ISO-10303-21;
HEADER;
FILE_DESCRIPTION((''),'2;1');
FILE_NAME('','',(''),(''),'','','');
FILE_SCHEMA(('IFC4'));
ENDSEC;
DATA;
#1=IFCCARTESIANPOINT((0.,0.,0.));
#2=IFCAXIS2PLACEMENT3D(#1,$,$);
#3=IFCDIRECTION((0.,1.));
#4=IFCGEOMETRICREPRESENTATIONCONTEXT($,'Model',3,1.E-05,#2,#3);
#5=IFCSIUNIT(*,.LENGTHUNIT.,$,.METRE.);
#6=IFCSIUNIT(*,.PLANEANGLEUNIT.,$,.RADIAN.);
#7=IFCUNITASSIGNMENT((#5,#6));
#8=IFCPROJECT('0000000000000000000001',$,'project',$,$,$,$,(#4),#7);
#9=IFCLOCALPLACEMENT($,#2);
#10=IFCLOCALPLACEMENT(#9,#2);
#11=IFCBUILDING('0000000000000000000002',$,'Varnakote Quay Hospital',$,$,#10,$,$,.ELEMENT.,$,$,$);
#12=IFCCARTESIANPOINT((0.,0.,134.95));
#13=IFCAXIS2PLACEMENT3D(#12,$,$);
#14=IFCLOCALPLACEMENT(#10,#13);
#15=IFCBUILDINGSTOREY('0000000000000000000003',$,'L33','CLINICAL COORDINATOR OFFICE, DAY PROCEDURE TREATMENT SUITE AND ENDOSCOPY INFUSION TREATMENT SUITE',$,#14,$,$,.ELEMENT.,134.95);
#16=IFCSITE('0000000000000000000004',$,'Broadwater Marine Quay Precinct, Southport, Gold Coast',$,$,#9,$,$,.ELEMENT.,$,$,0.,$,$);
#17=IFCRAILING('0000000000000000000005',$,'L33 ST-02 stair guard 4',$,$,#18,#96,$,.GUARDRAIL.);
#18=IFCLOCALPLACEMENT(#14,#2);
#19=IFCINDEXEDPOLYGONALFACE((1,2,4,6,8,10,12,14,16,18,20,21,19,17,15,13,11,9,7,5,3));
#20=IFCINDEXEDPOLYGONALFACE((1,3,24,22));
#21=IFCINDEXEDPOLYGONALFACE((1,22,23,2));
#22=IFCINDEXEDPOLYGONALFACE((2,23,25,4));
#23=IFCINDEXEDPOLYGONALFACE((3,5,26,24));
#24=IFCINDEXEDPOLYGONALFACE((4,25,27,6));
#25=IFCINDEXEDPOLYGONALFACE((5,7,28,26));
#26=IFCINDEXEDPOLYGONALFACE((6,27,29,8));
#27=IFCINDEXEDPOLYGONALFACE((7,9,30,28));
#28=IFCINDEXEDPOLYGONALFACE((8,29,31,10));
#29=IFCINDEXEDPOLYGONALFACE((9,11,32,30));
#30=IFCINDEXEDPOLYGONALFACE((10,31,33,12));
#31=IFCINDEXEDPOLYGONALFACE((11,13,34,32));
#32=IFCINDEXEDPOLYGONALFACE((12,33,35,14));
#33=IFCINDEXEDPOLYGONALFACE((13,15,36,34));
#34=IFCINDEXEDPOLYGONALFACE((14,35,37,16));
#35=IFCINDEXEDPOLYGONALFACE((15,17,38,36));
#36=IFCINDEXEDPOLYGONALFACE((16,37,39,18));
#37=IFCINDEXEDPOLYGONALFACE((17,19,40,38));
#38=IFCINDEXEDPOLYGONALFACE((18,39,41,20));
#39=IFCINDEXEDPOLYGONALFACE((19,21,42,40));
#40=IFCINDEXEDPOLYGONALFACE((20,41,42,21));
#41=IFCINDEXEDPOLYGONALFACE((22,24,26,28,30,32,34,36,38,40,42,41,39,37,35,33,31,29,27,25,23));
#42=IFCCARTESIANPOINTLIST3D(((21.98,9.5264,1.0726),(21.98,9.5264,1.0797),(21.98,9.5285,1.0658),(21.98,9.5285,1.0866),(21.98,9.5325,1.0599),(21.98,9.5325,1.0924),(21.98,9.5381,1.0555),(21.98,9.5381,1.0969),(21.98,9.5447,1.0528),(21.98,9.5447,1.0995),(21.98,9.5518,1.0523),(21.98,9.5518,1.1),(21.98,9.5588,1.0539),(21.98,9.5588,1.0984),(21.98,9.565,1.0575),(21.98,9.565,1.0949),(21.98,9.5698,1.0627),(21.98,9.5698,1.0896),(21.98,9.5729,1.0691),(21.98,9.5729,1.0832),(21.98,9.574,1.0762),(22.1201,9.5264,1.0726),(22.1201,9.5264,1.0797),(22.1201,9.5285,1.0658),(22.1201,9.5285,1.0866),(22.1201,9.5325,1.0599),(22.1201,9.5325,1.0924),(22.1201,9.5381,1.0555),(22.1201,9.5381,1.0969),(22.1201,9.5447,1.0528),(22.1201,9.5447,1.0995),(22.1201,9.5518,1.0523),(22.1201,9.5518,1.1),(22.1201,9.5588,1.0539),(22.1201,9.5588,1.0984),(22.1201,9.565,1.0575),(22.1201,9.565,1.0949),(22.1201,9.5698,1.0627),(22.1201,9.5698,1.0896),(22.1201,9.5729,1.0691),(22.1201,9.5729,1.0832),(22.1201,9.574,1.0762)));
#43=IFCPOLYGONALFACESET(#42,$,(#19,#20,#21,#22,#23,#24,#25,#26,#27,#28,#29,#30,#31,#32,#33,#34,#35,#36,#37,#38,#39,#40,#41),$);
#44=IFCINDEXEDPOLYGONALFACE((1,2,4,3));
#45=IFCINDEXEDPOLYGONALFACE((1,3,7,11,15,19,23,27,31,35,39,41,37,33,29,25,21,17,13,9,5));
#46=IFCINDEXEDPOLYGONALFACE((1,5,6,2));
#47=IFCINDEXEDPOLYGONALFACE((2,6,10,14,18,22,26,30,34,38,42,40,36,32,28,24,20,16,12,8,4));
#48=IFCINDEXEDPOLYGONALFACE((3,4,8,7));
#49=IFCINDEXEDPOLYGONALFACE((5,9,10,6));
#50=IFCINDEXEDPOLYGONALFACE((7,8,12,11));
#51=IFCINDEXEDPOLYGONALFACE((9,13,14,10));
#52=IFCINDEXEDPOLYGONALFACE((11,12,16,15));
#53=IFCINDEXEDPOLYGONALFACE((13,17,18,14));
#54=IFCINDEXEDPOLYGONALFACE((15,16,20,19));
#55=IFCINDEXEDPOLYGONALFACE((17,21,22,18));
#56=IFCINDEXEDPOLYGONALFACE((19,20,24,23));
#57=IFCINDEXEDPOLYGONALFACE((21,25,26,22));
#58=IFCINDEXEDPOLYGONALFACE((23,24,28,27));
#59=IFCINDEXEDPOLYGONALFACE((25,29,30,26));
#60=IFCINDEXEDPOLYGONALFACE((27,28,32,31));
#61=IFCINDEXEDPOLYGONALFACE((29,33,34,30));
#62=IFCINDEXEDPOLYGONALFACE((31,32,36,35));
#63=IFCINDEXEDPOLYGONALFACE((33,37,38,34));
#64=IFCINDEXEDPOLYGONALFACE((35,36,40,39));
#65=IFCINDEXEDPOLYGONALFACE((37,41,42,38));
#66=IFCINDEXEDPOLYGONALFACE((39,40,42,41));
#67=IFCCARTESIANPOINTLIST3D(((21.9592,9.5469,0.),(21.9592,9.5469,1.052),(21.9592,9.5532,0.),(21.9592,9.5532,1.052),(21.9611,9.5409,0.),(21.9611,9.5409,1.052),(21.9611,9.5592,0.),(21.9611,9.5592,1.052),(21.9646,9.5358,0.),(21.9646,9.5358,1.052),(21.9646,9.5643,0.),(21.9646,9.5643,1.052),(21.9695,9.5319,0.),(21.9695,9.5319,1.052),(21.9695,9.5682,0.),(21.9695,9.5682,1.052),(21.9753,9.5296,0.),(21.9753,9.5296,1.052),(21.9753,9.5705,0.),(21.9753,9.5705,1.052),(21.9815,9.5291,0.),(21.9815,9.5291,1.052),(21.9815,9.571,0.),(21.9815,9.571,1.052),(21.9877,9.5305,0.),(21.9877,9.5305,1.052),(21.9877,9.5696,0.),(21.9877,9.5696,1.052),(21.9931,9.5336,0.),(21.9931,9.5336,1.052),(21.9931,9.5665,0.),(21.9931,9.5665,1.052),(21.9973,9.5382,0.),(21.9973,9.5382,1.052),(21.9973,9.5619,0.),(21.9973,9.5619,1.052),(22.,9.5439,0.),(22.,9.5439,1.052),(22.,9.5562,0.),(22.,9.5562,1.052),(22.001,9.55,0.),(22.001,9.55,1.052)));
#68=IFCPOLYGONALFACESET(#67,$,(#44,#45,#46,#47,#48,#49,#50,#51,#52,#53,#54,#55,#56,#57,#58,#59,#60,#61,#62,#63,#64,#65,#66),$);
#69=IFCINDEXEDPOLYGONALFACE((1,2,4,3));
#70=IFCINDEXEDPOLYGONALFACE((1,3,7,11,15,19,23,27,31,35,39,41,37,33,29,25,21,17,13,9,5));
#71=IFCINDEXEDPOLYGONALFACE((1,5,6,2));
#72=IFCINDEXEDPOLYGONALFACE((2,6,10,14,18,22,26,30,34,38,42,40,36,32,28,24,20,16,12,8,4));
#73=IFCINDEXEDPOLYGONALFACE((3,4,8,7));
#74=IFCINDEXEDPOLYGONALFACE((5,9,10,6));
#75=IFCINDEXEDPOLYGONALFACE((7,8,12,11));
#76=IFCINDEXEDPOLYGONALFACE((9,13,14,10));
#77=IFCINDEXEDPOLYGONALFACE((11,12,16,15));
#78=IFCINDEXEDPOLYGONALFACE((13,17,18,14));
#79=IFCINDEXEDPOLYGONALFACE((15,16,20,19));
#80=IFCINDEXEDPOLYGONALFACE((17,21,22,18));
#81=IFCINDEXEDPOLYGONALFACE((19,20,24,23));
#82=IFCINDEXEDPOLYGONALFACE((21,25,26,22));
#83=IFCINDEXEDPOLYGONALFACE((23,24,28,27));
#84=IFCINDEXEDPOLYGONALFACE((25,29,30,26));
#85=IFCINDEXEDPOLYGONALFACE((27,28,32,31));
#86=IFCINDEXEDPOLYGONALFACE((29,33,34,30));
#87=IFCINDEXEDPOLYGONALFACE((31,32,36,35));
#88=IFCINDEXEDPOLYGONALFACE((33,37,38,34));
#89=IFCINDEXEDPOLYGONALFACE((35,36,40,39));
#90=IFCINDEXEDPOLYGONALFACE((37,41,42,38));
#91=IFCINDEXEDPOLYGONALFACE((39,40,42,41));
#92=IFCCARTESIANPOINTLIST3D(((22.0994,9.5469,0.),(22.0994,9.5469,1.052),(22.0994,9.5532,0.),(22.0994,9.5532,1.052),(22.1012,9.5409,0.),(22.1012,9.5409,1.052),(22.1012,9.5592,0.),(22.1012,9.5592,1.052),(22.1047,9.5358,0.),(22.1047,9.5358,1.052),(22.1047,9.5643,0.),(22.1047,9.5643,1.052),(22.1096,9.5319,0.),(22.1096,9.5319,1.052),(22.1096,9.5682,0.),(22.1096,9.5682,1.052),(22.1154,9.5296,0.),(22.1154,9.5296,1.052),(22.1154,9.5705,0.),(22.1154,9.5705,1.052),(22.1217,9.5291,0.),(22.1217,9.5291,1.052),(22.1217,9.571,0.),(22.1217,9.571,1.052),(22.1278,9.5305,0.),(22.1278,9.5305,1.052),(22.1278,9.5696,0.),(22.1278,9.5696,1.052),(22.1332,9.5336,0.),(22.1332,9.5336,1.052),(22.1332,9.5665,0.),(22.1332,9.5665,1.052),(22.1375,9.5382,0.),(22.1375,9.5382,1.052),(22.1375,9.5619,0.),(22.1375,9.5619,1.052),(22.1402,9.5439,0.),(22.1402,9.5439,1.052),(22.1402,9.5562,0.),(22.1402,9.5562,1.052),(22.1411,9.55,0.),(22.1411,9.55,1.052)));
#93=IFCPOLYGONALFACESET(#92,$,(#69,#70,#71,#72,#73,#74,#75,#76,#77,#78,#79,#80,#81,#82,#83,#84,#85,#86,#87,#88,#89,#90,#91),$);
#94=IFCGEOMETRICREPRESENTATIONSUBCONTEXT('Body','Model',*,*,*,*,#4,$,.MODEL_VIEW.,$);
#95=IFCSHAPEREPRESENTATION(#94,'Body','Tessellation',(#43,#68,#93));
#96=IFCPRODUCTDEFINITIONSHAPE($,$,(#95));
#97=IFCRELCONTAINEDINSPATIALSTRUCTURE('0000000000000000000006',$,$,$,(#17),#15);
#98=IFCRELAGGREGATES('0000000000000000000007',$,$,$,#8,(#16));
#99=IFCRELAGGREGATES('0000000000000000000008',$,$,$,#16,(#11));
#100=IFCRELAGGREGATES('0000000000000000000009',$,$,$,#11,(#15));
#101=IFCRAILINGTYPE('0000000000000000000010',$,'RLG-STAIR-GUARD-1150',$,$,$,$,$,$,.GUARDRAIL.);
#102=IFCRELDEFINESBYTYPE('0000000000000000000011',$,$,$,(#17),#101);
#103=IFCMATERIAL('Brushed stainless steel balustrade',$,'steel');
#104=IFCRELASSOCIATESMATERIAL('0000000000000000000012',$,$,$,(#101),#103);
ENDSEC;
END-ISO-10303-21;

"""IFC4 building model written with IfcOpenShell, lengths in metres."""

from ifc_helpers import new_model, si_unit, direction, frame, origin, origin_2d, place, context, subcontext, project, spatial, circle, extrude, material, type_object, element, save


model = new_model("IFC4")

# Units and contexts
model_context = context("Model", 3, precision=1e-05, world=origin(), true_north=direction((0.0, 1.0)))
body_context = subcontext(model_context, "Body", "Model", "MODEL_VIEW")
ifc_project = project(units=[si_unit("LENGTHUNIT", "METRE"), si_unit("PLANEANGLEUNIT", "RADIAN")], contexts=[model_context])

# Site, building, storey
site_placement = place(None, origin())
site = spatial("IfcSite", under=ifc_project, at=site_placement, Name="Broadwater Marine Quay Precinct, Southport, Gold Coast", CompositionType="ELEMENT", RefElevation=0.0)
building_placement = place(site_placement, origin())
building = spatial("IfcBuilding", under=site, at=building_placement, Name="Varnakote Quay Hospital", CompositionType="ELEMENT")
storey_placement = place(building_placement, frame((0.0, 0.0, 134.95)))
storey = spatial("IfcBuildingStorey", under=building, at=storey_placement, Name="L33", Description="CLINICAL COORDINATOR OFFICE, DAY PROCEDURE TREATMENT SUITE AND ENDOSCOPY INFUSION TREATMENT SUITE", CompositionType="ELEMENT", Elevation=134.95)

# Railing
ifc_material_1 = material(Name="Brushed stainless steel balustrade", Category="steel")
railing_type_1 = type_object("IfcRailingType", Name="RLG-STAIR-GUARD-1150", PredefinedType="GUARDRAIL", material=ifc_material_1)
railing_1_placement = place(storey_placement, frame((21.98, 9.55, 0.0)))
element("IfcRailing", 1, at=railing_1_placement, inside=storey, type_object=railing_type_1, Name="L33 ST-02 stair guard 4", PredefinedType="GUARDRAIL", context=body_context, shape_type="SweptSolid", body=[
    extrude(circle(Radius=0.0239, at=origin_2d()), frame((0.0, 0.0, 1.0762), z_axis=(1.0, 0.0, 0.0), x_axis=(0.0, 1.0, 0.0)), (0.0, 0.0, 1.0), 0.1401),
    extrude(circle(Radius=0.021, at=origin_2d()), origin(), (0.0, 0.0, 1.0), 1.052),
    extrude(circle(Radius=0.021, at=origin_2d()), frame((0.1401, 0.0, 0.0)), (0.0, 0.0, 1.0), 1.052),
])

save(model, "model.ifc")
